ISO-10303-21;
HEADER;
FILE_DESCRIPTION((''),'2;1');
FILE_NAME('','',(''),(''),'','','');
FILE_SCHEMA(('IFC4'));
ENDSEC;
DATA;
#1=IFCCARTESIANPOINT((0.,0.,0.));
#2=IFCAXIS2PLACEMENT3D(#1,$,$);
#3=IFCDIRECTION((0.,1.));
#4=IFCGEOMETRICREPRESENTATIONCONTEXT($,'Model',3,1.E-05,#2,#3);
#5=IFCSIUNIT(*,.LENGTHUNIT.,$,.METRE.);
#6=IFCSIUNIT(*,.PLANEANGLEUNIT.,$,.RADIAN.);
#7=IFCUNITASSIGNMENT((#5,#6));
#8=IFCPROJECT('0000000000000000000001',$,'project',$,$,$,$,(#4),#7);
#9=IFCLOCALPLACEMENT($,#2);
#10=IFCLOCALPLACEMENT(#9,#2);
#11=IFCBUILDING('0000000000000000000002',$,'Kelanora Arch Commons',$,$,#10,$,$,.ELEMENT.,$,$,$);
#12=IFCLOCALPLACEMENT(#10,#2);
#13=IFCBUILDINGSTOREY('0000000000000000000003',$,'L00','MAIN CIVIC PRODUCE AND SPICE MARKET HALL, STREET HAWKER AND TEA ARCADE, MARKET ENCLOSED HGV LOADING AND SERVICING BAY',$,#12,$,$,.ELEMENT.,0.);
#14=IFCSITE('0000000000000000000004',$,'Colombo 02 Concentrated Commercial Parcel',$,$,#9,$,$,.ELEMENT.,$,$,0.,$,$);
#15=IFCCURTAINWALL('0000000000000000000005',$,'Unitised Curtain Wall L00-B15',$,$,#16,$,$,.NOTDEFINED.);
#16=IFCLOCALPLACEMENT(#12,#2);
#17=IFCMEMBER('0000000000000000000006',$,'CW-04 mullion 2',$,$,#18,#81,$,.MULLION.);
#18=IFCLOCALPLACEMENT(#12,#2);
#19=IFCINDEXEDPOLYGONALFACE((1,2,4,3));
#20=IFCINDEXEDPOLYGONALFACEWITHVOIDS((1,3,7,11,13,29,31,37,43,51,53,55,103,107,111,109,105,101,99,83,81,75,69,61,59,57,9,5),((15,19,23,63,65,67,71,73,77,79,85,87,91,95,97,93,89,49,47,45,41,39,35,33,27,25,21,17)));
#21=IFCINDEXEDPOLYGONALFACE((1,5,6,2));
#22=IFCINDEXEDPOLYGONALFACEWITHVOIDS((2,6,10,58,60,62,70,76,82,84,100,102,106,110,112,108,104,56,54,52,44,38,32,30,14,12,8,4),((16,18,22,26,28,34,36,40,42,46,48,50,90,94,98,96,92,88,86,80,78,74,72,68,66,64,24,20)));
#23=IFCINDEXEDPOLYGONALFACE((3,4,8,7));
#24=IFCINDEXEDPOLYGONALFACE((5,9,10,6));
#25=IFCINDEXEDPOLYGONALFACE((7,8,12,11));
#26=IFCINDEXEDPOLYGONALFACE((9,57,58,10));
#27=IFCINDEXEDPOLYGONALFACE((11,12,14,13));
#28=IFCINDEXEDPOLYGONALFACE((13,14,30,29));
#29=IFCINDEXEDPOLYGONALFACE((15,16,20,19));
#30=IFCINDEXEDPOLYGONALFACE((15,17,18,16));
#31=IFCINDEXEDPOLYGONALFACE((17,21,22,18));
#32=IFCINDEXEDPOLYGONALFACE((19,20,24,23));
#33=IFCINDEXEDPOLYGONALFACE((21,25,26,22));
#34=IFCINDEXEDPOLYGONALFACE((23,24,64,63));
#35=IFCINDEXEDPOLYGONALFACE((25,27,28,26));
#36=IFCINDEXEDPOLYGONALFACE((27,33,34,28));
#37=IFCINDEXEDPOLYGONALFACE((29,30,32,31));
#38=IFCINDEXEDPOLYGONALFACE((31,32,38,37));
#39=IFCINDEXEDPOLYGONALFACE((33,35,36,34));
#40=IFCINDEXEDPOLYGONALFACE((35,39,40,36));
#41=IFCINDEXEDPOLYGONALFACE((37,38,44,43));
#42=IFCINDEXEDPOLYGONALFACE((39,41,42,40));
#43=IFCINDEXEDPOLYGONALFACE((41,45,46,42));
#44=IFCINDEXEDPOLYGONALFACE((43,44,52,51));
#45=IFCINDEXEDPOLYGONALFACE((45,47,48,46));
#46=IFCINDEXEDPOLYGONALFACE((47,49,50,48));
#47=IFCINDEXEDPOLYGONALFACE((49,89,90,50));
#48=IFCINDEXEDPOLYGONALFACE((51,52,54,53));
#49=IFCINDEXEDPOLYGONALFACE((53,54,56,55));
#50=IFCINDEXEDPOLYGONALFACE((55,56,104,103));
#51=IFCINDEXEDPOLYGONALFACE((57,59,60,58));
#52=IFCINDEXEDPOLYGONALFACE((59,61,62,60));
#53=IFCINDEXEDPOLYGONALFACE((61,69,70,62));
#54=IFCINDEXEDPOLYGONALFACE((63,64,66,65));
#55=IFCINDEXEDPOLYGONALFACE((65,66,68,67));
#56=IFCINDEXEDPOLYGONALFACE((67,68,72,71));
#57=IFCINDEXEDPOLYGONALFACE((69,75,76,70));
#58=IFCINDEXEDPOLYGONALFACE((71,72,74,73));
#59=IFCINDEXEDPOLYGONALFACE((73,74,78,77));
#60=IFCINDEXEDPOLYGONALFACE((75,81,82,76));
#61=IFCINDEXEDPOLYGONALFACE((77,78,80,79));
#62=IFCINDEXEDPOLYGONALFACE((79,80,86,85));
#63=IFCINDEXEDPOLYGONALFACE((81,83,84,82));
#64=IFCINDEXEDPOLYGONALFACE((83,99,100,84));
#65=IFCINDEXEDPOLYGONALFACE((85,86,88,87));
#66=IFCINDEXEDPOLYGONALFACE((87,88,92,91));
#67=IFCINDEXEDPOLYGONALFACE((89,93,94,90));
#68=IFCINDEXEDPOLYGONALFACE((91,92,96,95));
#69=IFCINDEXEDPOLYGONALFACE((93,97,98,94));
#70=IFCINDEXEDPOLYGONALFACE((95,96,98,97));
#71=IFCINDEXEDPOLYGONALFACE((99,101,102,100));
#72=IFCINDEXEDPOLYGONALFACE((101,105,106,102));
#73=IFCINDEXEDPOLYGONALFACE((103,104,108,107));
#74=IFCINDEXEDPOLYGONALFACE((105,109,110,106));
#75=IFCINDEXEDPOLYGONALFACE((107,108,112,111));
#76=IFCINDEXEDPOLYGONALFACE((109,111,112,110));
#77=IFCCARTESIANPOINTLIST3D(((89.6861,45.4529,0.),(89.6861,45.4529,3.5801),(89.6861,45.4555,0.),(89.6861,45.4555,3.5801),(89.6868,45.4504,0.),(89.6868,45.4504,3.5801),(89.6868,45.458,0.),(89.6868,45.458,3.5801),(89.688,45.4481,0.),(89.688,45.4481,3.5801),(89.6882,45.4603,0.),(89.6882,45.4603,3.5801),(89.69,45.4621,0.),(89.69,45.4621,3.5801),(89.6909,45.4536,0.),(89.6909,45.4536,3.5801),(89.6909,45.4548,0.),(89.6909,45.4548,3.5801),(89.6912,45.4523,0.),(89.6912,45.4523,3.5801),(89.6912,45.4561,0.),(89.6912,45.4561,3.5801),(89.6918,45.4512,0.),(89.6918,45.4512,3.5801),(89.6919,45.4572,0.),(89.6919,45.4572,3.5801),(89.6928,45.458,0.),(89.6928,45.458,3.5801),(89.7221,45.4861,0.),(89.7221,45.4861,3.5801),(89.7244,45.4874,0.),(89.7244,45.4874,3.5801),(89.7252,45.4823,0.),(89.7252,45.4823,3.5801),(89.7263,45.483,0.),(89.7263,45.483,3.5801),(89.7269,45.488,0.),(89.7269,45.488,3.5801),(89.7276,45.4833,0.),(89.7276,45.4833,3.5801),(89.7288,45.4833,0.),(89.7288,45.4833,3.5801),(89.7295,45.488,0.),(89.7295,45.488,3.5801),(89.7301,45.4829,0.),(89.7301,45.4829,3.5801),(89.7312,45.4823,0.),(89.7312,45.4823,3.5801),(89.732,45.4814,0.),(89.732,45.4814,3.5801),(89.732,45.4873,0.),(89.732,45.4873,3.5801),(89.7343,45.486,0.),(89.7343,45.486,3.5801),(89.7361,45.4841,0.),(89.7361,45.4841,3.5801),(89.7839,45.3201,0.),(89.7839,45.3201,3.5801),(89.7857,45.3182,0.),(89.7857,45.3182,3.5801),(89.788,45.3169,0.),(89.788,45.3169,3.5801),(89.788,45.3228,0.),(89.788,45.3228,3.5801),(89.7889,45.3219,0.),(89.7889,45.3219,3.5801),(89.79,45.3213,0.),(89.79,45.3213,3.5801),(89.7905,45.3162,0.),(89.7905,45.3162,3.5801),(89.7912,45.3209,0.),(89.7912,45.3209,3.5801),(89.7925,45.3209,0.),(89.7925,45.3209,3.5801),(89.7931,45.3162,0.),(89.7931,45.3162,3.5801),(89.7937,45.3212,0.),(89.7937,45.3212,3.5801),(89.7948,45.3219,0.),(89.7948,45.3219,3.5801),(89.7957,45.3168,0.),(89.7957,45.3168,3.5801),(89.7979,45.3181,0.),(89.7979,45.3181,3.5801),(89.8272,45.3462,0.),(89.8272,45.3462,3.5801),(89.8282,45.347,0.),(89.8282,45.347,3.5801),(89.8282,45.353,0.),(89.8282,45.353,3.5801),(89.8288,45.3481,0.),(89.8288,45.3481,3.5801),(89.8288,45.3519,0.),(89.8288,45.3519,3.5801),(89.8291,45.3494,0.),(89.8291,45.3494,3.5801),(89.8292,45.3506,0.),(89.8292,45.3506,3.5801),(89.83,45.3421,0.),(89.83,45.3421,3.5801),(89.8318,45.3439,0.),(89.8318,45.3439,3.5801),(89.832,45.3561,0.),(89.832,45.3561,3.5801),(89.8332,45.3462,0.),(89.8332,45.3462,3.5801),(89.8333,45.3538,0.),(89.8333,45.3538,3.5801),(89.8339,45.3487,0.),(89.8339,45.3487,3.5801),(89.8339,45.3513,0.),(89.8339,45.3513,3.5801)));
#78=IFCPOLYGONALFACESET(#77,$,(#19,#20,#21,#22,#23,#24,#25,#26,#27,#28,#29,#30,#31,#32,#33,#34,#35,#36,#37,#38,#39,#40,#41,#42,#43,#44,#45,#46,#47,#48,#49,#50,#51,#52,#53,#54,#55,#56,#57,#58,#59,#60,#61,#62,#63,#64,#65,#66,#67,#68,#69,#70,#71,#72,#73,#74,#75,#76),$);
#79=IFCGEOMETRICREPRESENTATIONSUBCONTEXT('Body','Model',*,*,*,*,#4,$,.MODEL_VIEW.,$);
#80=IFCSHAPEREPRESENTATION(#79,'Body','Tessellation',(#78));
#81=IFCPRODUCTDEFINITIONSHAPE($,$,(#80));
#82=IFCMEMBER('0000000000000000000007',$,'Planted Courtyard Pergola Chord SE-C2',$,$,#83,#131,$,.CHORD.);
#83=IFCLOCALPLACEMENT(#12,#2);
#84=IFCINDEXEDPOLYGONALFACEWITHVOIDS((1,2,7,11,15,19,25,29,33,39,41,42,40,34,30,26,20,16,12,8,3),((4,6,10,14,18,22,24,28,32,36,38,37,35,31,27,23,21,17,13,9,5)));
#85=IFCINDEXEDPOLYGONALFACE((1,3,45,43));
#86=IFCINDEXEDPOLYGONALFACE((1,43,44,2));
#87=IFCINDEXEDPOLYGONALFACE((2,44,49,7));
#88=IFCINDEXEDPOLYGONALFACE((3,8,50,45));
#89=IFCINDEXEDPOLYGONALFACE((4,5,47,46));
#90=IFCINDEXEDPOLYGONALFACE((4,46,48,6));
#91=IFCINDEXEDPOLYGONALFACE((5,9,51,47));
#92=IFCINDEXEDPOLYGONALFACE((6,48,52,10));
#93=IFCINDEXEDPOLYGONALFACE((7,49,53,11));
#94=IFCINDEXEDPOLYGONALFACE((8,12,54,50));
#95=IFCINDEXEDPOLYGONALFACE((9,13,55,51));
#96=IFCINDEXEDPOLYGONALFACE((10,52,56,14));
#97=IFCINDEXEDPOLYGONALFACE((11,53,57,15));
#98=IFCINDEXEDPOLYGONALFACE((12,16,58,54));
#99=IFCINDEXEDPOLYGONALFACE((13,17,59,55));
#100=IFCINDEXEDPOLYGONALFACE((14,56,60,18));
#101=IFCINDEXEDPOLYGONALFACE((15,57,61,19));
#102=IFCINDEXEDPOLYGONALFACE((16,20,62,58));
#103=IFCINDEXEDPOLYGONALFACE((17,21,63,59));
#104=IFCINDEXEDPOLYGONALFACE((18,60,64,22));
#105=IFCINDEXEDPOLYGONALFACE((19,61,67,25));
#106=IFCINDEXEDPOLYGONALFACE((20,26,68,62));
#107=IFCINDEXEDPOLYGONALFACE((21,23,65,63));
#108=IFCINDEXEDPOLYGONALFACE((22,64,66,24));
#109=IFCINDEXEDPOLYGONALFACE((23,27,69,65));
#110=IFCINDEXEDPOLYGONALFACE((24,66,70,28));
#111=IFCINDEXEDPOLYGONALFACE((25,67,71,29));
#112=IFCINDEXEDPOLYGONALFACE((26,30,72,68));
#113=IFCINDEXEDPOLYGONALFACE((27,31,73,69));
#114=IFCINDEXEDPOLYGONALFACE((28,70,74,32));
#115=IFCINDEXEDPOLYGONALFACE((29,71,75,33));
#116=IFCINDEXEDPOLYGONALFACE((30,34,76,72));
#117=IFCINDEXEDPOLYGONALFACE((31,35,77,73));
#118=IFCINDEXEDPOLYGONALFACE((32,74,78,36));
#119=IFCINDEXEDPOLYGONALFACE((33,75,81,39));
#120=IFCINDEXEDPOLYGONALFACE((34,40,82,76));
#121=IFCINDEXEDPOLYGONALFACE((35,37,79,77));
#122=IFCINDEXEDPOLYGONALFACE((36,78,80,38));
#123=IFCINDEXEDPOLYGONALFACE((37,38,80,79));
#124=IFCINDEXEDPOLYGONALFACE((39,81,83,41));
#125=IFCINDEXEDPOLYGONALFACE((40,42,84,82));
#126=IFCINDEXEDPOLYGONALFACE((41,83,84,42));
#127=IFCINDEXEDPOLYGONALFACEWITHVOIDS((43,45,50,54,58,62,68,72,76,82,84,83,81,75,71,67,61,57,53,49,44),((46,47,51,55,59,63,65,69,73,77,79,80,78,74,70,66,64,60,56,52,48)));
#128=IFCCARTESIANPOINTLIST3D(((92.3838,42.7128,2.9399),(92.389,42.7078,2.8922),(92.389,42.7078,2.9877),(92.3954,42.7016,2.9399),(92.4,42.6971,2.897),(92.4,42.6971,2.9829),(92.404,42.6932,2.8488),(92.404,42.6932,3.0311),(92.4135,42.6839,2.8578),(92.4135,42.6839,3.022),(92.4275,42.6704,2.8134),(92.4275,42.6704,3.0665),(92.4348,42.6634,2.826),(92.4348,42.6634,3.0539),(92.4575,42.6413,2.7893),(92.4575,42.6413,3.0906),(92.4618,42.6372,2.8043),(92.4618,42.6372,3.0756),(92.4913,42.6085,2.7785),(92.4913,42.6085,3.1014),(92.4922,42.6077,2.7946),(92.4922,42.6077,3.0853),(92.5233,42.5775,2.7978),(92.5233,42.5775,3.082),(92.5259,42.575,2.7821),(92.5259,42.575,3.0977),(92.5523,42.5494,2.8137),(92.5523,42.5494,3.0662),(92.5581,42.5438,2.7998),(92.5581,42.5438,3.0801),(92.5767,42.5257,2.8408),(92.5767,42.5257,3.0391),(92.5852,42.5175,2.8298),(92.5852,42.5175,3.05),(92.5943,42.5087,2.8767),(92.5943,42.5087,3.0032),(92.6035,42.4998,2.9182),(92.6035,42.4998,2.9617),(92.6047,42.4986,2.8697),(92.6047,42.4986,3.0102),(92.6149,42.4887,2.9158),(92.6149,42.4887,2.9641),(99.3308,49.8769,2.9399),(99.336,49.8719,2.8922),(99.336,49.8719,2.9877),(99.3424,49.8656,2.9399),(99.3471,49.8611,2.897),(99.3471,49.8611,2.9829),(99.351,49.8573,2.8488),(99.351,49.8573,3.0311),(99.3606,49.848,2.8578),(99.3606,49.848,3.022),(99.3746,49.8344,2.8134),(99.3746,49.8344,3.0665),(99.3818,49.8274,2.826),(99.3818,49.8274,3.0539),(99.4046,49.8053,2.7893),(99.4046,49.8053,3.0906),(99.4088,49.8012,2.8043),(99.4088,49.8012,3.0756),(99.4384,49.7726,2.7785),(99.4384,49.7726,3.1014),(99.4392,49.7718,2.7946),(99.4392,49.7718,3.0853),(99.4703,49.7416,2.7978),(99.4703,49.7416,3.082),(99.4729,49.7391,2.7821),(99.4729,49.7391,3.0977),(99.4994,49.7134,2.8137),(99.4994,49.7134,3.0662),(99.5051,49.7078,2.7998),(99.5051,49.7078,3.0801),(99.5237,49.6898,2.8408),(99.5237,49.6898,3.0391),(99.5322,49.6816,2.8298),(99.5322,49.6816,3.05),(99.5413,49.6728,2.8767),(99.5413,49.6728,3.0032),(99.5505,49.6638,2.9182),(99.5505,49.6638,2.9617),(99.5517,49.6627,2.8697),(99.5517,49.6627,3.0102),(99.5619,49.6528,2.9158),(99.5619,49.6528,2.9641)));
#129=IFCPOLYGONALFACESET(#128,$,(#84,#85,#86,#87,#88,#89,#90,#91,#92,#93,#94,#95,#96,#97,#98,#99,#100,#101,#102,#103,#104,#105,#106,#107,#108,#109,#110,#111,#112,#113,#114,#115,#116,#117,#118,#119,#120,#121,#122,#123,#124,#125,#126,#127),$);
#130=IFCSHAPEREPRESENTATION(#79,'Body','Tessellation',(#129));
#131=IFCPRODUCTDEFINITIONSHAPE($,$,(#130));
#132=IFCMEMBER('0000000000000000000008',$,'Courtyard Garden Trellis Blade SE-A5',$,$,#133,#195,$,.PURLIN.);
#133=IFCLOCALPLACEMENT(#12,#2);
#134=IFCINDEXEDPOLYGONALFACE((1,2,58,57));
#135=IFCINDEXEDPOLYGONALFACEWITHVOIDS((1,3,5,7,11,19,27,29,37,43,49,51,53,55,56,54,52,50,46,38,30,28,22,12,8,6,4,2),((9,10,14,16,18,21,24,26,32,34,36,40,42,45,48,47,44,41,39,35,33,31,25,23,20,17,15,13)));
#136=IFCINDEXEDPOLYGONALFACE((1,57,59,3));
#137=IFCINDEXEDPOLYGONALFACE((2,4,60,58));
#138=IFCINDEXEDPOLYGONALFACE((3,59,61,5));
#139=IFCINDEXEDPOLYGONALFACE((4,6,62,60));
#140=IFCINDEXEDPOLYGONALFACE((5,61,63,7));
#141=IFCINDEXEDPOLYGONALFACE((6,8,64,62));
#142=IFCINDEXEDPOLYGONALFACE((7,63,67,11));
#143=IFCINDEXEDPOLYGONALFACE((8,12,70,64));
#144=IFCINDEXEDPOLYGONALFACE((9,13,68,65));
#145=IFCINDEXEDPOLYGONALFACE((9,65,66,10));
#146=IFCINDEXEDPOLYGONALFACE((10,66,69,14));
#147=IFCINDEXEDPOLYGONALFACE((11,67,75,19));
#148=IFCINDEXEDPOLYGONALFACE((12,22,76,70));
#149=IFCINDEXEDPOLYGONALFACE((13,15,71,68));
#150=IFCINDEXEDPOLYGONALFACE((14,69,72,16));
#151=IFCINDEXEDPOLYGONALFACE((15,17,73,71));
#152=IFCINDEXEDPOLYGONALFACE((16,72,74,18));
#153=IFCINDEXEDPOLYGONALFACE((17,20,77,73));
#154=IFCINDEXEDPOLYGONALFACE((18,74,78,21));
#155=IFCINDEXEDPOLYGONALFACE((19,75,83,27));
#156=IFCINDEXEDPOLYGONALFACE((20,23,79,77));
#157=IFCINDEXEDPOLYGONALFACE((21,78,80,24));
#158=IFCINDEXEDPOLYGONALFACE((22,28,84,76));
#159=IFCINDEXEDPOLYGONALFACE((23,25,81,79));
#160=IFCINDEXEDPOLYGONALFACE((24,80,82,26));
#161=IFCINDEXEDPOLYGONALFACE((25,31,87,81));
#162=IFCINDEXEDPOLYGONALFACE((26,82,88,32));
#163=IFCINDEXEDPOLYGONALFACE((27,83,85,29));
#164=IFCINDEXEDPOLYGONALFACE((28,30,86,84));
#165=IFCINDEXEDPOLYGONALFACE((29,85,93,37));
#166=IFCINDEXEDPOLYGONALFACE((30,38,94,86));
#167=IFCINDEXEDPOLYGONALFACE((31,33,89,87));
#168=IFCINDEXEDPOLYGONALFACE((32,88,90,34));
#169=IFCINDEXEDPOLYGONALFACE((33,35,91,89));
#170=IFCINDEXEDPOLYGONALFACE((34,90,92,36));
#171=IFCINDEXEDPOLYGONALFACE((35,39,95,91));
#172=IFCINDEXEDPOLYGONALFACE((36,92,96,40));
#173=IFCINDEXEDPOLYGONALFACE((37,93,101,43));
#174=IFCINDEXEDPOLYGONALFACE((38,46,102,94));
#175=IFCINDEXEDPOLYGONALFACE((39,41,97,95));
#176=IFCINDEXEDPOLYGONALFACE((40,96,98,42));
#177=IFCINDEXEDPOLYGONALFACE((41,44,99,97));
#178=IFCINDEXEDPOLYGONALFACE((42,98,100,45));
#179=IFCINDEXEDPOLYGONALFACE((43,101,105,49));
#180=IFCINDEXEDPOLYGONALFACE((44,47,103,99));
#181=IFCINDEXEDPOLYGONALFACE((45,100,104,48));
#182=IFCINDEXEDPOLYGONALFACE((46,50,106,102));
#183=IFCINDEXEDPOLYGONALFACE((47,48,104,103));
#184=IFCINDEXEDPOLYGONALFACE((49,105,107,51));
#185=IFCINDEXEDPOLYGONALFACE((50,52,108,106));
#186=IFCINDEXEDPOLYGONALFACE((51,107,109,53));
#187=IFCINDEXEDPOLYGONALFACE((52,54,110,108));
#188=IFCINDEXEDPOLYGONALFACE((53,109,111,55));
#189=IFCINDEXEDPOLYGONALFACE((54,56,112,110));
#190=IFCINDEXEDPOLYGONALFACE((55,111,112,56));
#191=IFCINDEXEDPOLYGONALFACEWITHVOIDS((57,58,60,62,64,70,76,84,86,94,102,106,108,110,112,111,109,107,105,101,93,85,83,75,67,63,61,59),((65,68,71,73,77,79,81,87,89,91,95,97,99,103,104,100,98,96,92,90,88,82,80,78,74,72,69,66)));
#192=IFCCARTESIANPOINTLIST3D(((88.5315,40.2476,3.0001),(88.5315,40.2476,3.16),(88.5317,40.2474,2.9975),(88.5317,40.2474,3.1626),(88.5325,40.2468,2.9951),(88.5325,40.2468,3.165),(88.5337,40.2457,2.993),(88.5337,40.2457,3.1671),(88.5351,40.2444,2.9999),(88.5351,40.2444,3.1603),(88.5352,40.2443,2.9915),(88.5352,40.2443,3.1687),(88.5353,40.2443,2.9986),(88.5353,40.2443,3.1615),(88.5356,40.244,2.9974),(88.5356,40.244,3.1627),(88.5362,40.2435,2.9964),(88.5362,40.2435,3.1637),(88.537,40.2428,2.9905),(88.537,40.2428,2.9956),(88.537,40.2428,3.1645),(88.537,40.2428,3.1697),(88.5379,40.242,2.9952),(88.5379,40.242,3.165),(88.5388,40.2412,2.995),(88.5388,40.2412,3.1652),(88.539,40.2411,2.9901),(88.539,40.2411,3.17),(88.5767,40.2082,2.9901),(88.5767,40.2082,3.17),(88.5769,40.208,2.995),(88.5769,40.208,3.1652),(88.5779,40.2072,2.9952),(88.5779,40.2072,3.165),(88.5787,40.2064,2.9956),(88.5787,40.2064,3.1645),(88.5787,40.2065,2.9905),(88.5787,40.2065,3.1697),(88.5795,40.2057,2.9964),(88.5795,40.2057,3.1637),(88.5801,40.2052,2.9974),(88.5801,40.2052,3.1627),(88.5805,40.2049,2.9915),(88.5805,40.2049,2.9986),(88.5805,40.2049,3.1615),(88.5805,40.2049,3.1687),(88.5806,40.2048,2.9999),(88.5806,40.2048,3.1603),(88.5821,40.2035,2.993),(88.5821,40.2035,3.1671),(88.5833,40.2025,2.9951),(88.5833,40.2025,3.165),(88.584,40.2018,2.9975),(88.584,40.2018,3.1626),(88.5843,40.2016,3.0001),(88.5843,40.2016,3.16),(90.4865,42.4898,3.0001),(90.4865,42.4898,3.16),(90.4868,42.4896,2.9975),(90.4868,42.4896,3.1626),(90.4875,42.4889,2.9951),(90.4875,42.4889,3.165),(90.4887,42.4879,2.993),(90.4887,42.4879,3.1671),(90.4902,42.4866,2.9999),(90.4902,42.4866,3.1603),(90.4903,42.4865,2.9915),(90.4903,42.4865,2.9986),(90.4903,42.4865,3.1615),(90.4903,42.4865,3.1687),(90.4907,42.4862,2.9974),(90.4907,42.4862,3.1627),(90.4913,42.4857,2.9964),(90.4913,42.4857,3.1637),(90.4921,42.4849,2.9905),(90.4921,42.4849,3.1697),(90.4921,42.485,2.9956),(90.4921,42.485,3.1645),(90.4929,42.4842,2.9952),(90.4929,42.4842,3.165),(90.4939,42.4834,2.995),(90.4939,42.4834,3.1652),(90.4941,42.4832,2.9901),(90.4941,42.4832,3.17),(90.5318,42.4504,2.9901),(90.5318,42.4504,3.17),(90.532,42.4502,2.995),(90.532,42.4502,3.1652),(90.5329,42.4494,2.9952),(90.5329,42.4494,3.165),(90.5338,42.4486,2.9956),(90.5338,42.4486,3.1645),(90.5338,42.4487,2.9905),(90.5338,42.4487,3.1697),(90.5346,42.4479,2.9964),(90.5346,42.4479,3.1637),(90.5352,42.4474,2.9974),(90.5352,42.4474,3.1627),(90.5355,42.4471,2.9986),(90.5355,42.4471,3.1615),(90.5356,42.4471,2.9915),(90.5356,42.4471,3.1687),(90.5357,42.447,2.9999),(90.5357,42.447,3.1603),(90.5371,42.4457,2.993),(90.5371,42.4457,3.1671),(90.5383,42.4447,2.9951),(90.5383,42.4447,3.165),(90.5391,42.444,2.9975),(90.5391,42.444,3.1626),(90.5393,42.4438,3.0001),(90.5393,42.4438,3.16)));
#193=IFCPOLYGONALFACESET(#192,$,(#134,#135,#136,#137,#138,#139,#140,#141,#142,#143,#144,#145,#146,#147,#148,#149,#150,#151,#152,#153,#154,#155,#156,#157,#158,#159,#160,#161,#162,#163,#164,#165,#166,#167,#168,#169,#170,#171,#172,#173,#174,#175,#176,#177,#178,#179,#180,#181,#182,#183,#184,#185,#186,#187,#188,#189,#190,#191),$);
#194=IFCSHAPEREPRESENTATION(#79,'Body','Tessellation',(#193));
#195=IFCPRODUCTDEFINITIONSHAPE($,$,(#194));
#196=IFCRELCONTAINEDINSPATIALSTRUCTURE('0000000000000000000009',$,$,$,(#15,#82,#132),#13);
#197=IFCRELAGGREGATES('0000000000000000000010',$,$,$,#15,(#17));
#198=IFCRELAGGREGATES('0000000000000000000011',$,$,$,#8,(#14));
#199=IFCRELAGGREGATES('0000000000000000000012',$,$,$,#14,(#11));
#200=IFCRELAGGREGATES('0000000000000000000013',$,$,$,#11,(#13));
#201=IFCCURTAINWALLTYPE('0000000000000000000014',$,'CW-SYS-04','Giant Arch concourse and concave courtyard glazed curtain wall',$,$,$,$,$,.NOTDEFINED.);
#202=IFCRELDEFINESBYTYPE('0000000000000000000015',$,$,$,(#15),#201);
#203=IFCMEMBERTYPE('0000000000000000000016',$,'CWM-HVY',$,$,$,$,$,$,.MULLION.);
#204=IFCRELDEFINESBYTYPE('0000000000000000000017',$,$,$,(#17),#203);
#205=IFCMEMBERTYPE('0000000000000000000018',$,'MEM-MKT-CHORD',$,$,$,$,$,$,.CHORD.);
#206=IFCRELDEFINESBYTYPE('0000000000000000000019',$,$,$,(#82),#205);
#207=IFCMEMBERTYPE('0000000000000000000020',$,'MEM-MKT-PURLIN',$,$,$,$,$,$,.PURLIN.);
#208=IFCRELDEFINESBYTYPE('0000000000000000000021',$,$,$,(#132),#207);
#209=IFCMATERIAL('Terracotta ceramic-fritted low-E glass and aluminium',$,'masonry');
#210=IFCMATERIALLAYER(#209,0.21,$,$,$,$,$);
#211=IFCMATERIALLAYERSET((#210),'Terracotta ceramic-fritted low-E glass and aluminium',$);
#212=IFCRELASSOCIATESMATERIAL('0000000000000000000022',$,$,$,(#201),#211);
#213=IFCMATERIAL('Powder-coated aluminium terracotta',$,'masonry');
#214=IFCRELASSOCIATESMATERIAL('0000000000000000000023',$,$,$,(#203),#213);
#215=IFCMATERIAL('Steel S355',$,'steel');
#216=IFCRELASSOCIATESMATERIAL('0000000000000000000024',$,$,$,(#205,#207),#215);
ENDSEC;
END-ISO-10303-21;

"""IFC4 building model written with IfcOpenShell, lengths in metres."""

from ifc_helpers import new_model, si_unit, direction, frame, origin, origin_2d, place, context, subcontext, project, spatial, hollow_rectangle, hollow_circle, extrude, material, layer, layer_set, material_profile, profile_set, type_object, element, aggregate, save


model = new_model("IFC4")

# Units and contexts
model_context = context("Model", 3, precision=1e-05, world=origin(), true_north=direction((0.0, 1.0)))
body_context = subcontext(model_context, "Body", "Model", "MODEL_VIEW")
ifc_project = project(units=[si_unit("LENGTHUNIT", "METRE"), si_unit("PLANEANGLEUNIT", "RADIAN")], contexts=[model_context])

# Site, building, storey
site_placement = place(None, origin())
site = spatial("IfcSite", under=ifc_project, at=site_placement, Name="Colombo 02 Concentrated Commercial Parcel", CompositionType="ELEMENT", RefElevation=0.0)
building_placement = place(site_placement, origin())
building = spatial("IfcBuilding", under=site, at=building_placement, Name="Kelanora Arch Commons", CompositionType="ELEMENT")
storey_placement = place(building_placement, origin())
storey = spatial("IfcBuildingStorey", under=building, at=storey_placement, Name="L00", Description="MAIN CIVIC PRODUCE AND SPICE MARKET HALL, STREET HAWKER AND TEA ARCADE, MARKET ENCLOSED HGV LOADING AND SERVICING BAY", CompositionType="ELEMENT", Elevation=0.0)

# Shared definitions
ifc_material_1 = material(Name="Steel S355", Category="steel")

# Curtain wall, member
ifc_material_2 = material(Name="Terracotta ceramic-fritted low-E glass and aluminium", Category="masonry")
ifc_layer_1 = layer(ifc_material_2, 0.21)
ifc_layer_set_1 = layer_set([ifc_layer_1], Name="Terracotta ceramic-fritted low-E glass and aluminium")
curtain_wall_type = type_object("IfcCurtainWallType", Name="CW-SYS-04", Description="Giant Arch concourse and concave courtyard glazed curtain wall", PredefinedType="NOTDEFINED", material=ifc_layer_set_1)
curtain_wall_placement = place(storey_placement, origin())
curtain_wall = element("IfcCurtainWall", 1, at=curtain_wall_placement, inside=storey, type_object=curtain_wall_type, Name="Unitised Curtain Wall L00-B15", PredefinedType="NOTDEFINED")
ifc_material_3 = material(Name="Powder-coated aluminium terracotta", Category="masonry")
ifc_material_profile_1 = material_profile(ifc_material_3, hollow_rectangle(XDim=0.1799, YDim=0.0601, WallThickness=0.0049, InnerFilletRadius=0.0049, OuterFilletRadius=0.01, at=origin_2d()), Name="CWM180x60")
ifc_profile_set_1 = profile_set([ifc_material_profile_1], Name="Powder-coated aluminium terracotta")
member_type_1 = type_object("IfcMemberType", Name="CWM-HVY", PredefinedType="MULLION", material=ifc_profile_set_1)
member_1_placement = place(storey_placement, frame((89.76, 45.4021, 0.0), z_axis=(0.0, 0.0, 1.0), x_axis=(-0.599588, 0.800309, 0.0)))
member_1 = element("IfcMember", 2, at=member_1_placement, type_object=member_type_1, Name="CW-04 mullion 2", PredefinedType="MULLION", context=body_context, shape_type="SweptSolid", body=[
    extrude(hollow_rectangle(XDim=0.1799, YDim=0.0601, WallThickness=0.0049, InnerFilletRadius=0.0049, OuterFilletRadius=0.01, at=origin_2d()), origin(), (0.0, 0.0, 1.0), 3.5801),
])

# Members
ifc_material_profile_2 = material_profile(ifc_material_1, hollow_circle(Radius=0.1619, WallThickness=0.0161, at=origin_2d()), Name="CHS323.9x16")
ifc_profile_set_2 = profile_set([ifc_material_profile_2], Name="Steel S355")
member_type_2 = type_object("IfcMemberType", Name="MEM-MKT-CHORD", PredefinedType="CHORD", material=ifc_profile_set_2)
member_2_placement = place(storey_placement, frame((92.5, 42.6001, 2.9399), z_axis=(0.696149, 0.717898, 0.0), x_axis=(-0.717898, 0.696149, 0.0)))
element("IfcMember", 3, at=member_2_placement, inside=storey, type_object=member_type_2, Name="Planted Courtyard Pergola Chord SE-C2", PredefinedType="CHORD", context=body_context, shape_type="SweptSolid", body=[
    extrude(hollow_circle(Radius=0.1619, WallThickness=0.0161, at=origin_2d()), origin(), (0.0, 0.0, 1.0), 9.9792),
])
ifc_material_profile_3 = material_profile(ifc_material_1, hollow_rectangle(XDim=0.0701, YDim=0.1799, WallThickness=0.0049, InnerFilletRadius=0.0049, OuterFilletRadius=0.01, at=origin_2d()), Name="RHS180x70x5")
ifc_profile_set_3 = profile_set([ifc_material_profile_3], Name="Steel S355")
member_type_3 = type_object("IfcMemberType", Name="MEM-MKT-PURLIN", PredefinedType="PURLIN", material=ifc_profile_set_3)
member_3_placement = place(storey_placement, frame((88.5579, 40.2246, 3.0801), z_axis=(0.657202, 0.753714, 0.0), x_axis=(-0.753714, 0.657202, 0.0)))
element("IfcMember", 4, at=member_3_placement, inside=storey, type_object=member_type_3, Name="Courtyard Garden Trellis Blade SE-A5", PredefinedType="PURLIN", context=body_context, shape_type="SweptSolid", body=[
    extrude(hollow_rectangle(XDim=0.0701, YDim=0.1799, WallThickness=0.0049, InnerFilletRadius=0.0049, OuterFilletRadius=0.01, at=origin_2d()), origin(), (0.0, 0.0, 1.0), 2.9749),
])

aggregate(curtain_wall, [member_1])

save(model, "model.ifc")
